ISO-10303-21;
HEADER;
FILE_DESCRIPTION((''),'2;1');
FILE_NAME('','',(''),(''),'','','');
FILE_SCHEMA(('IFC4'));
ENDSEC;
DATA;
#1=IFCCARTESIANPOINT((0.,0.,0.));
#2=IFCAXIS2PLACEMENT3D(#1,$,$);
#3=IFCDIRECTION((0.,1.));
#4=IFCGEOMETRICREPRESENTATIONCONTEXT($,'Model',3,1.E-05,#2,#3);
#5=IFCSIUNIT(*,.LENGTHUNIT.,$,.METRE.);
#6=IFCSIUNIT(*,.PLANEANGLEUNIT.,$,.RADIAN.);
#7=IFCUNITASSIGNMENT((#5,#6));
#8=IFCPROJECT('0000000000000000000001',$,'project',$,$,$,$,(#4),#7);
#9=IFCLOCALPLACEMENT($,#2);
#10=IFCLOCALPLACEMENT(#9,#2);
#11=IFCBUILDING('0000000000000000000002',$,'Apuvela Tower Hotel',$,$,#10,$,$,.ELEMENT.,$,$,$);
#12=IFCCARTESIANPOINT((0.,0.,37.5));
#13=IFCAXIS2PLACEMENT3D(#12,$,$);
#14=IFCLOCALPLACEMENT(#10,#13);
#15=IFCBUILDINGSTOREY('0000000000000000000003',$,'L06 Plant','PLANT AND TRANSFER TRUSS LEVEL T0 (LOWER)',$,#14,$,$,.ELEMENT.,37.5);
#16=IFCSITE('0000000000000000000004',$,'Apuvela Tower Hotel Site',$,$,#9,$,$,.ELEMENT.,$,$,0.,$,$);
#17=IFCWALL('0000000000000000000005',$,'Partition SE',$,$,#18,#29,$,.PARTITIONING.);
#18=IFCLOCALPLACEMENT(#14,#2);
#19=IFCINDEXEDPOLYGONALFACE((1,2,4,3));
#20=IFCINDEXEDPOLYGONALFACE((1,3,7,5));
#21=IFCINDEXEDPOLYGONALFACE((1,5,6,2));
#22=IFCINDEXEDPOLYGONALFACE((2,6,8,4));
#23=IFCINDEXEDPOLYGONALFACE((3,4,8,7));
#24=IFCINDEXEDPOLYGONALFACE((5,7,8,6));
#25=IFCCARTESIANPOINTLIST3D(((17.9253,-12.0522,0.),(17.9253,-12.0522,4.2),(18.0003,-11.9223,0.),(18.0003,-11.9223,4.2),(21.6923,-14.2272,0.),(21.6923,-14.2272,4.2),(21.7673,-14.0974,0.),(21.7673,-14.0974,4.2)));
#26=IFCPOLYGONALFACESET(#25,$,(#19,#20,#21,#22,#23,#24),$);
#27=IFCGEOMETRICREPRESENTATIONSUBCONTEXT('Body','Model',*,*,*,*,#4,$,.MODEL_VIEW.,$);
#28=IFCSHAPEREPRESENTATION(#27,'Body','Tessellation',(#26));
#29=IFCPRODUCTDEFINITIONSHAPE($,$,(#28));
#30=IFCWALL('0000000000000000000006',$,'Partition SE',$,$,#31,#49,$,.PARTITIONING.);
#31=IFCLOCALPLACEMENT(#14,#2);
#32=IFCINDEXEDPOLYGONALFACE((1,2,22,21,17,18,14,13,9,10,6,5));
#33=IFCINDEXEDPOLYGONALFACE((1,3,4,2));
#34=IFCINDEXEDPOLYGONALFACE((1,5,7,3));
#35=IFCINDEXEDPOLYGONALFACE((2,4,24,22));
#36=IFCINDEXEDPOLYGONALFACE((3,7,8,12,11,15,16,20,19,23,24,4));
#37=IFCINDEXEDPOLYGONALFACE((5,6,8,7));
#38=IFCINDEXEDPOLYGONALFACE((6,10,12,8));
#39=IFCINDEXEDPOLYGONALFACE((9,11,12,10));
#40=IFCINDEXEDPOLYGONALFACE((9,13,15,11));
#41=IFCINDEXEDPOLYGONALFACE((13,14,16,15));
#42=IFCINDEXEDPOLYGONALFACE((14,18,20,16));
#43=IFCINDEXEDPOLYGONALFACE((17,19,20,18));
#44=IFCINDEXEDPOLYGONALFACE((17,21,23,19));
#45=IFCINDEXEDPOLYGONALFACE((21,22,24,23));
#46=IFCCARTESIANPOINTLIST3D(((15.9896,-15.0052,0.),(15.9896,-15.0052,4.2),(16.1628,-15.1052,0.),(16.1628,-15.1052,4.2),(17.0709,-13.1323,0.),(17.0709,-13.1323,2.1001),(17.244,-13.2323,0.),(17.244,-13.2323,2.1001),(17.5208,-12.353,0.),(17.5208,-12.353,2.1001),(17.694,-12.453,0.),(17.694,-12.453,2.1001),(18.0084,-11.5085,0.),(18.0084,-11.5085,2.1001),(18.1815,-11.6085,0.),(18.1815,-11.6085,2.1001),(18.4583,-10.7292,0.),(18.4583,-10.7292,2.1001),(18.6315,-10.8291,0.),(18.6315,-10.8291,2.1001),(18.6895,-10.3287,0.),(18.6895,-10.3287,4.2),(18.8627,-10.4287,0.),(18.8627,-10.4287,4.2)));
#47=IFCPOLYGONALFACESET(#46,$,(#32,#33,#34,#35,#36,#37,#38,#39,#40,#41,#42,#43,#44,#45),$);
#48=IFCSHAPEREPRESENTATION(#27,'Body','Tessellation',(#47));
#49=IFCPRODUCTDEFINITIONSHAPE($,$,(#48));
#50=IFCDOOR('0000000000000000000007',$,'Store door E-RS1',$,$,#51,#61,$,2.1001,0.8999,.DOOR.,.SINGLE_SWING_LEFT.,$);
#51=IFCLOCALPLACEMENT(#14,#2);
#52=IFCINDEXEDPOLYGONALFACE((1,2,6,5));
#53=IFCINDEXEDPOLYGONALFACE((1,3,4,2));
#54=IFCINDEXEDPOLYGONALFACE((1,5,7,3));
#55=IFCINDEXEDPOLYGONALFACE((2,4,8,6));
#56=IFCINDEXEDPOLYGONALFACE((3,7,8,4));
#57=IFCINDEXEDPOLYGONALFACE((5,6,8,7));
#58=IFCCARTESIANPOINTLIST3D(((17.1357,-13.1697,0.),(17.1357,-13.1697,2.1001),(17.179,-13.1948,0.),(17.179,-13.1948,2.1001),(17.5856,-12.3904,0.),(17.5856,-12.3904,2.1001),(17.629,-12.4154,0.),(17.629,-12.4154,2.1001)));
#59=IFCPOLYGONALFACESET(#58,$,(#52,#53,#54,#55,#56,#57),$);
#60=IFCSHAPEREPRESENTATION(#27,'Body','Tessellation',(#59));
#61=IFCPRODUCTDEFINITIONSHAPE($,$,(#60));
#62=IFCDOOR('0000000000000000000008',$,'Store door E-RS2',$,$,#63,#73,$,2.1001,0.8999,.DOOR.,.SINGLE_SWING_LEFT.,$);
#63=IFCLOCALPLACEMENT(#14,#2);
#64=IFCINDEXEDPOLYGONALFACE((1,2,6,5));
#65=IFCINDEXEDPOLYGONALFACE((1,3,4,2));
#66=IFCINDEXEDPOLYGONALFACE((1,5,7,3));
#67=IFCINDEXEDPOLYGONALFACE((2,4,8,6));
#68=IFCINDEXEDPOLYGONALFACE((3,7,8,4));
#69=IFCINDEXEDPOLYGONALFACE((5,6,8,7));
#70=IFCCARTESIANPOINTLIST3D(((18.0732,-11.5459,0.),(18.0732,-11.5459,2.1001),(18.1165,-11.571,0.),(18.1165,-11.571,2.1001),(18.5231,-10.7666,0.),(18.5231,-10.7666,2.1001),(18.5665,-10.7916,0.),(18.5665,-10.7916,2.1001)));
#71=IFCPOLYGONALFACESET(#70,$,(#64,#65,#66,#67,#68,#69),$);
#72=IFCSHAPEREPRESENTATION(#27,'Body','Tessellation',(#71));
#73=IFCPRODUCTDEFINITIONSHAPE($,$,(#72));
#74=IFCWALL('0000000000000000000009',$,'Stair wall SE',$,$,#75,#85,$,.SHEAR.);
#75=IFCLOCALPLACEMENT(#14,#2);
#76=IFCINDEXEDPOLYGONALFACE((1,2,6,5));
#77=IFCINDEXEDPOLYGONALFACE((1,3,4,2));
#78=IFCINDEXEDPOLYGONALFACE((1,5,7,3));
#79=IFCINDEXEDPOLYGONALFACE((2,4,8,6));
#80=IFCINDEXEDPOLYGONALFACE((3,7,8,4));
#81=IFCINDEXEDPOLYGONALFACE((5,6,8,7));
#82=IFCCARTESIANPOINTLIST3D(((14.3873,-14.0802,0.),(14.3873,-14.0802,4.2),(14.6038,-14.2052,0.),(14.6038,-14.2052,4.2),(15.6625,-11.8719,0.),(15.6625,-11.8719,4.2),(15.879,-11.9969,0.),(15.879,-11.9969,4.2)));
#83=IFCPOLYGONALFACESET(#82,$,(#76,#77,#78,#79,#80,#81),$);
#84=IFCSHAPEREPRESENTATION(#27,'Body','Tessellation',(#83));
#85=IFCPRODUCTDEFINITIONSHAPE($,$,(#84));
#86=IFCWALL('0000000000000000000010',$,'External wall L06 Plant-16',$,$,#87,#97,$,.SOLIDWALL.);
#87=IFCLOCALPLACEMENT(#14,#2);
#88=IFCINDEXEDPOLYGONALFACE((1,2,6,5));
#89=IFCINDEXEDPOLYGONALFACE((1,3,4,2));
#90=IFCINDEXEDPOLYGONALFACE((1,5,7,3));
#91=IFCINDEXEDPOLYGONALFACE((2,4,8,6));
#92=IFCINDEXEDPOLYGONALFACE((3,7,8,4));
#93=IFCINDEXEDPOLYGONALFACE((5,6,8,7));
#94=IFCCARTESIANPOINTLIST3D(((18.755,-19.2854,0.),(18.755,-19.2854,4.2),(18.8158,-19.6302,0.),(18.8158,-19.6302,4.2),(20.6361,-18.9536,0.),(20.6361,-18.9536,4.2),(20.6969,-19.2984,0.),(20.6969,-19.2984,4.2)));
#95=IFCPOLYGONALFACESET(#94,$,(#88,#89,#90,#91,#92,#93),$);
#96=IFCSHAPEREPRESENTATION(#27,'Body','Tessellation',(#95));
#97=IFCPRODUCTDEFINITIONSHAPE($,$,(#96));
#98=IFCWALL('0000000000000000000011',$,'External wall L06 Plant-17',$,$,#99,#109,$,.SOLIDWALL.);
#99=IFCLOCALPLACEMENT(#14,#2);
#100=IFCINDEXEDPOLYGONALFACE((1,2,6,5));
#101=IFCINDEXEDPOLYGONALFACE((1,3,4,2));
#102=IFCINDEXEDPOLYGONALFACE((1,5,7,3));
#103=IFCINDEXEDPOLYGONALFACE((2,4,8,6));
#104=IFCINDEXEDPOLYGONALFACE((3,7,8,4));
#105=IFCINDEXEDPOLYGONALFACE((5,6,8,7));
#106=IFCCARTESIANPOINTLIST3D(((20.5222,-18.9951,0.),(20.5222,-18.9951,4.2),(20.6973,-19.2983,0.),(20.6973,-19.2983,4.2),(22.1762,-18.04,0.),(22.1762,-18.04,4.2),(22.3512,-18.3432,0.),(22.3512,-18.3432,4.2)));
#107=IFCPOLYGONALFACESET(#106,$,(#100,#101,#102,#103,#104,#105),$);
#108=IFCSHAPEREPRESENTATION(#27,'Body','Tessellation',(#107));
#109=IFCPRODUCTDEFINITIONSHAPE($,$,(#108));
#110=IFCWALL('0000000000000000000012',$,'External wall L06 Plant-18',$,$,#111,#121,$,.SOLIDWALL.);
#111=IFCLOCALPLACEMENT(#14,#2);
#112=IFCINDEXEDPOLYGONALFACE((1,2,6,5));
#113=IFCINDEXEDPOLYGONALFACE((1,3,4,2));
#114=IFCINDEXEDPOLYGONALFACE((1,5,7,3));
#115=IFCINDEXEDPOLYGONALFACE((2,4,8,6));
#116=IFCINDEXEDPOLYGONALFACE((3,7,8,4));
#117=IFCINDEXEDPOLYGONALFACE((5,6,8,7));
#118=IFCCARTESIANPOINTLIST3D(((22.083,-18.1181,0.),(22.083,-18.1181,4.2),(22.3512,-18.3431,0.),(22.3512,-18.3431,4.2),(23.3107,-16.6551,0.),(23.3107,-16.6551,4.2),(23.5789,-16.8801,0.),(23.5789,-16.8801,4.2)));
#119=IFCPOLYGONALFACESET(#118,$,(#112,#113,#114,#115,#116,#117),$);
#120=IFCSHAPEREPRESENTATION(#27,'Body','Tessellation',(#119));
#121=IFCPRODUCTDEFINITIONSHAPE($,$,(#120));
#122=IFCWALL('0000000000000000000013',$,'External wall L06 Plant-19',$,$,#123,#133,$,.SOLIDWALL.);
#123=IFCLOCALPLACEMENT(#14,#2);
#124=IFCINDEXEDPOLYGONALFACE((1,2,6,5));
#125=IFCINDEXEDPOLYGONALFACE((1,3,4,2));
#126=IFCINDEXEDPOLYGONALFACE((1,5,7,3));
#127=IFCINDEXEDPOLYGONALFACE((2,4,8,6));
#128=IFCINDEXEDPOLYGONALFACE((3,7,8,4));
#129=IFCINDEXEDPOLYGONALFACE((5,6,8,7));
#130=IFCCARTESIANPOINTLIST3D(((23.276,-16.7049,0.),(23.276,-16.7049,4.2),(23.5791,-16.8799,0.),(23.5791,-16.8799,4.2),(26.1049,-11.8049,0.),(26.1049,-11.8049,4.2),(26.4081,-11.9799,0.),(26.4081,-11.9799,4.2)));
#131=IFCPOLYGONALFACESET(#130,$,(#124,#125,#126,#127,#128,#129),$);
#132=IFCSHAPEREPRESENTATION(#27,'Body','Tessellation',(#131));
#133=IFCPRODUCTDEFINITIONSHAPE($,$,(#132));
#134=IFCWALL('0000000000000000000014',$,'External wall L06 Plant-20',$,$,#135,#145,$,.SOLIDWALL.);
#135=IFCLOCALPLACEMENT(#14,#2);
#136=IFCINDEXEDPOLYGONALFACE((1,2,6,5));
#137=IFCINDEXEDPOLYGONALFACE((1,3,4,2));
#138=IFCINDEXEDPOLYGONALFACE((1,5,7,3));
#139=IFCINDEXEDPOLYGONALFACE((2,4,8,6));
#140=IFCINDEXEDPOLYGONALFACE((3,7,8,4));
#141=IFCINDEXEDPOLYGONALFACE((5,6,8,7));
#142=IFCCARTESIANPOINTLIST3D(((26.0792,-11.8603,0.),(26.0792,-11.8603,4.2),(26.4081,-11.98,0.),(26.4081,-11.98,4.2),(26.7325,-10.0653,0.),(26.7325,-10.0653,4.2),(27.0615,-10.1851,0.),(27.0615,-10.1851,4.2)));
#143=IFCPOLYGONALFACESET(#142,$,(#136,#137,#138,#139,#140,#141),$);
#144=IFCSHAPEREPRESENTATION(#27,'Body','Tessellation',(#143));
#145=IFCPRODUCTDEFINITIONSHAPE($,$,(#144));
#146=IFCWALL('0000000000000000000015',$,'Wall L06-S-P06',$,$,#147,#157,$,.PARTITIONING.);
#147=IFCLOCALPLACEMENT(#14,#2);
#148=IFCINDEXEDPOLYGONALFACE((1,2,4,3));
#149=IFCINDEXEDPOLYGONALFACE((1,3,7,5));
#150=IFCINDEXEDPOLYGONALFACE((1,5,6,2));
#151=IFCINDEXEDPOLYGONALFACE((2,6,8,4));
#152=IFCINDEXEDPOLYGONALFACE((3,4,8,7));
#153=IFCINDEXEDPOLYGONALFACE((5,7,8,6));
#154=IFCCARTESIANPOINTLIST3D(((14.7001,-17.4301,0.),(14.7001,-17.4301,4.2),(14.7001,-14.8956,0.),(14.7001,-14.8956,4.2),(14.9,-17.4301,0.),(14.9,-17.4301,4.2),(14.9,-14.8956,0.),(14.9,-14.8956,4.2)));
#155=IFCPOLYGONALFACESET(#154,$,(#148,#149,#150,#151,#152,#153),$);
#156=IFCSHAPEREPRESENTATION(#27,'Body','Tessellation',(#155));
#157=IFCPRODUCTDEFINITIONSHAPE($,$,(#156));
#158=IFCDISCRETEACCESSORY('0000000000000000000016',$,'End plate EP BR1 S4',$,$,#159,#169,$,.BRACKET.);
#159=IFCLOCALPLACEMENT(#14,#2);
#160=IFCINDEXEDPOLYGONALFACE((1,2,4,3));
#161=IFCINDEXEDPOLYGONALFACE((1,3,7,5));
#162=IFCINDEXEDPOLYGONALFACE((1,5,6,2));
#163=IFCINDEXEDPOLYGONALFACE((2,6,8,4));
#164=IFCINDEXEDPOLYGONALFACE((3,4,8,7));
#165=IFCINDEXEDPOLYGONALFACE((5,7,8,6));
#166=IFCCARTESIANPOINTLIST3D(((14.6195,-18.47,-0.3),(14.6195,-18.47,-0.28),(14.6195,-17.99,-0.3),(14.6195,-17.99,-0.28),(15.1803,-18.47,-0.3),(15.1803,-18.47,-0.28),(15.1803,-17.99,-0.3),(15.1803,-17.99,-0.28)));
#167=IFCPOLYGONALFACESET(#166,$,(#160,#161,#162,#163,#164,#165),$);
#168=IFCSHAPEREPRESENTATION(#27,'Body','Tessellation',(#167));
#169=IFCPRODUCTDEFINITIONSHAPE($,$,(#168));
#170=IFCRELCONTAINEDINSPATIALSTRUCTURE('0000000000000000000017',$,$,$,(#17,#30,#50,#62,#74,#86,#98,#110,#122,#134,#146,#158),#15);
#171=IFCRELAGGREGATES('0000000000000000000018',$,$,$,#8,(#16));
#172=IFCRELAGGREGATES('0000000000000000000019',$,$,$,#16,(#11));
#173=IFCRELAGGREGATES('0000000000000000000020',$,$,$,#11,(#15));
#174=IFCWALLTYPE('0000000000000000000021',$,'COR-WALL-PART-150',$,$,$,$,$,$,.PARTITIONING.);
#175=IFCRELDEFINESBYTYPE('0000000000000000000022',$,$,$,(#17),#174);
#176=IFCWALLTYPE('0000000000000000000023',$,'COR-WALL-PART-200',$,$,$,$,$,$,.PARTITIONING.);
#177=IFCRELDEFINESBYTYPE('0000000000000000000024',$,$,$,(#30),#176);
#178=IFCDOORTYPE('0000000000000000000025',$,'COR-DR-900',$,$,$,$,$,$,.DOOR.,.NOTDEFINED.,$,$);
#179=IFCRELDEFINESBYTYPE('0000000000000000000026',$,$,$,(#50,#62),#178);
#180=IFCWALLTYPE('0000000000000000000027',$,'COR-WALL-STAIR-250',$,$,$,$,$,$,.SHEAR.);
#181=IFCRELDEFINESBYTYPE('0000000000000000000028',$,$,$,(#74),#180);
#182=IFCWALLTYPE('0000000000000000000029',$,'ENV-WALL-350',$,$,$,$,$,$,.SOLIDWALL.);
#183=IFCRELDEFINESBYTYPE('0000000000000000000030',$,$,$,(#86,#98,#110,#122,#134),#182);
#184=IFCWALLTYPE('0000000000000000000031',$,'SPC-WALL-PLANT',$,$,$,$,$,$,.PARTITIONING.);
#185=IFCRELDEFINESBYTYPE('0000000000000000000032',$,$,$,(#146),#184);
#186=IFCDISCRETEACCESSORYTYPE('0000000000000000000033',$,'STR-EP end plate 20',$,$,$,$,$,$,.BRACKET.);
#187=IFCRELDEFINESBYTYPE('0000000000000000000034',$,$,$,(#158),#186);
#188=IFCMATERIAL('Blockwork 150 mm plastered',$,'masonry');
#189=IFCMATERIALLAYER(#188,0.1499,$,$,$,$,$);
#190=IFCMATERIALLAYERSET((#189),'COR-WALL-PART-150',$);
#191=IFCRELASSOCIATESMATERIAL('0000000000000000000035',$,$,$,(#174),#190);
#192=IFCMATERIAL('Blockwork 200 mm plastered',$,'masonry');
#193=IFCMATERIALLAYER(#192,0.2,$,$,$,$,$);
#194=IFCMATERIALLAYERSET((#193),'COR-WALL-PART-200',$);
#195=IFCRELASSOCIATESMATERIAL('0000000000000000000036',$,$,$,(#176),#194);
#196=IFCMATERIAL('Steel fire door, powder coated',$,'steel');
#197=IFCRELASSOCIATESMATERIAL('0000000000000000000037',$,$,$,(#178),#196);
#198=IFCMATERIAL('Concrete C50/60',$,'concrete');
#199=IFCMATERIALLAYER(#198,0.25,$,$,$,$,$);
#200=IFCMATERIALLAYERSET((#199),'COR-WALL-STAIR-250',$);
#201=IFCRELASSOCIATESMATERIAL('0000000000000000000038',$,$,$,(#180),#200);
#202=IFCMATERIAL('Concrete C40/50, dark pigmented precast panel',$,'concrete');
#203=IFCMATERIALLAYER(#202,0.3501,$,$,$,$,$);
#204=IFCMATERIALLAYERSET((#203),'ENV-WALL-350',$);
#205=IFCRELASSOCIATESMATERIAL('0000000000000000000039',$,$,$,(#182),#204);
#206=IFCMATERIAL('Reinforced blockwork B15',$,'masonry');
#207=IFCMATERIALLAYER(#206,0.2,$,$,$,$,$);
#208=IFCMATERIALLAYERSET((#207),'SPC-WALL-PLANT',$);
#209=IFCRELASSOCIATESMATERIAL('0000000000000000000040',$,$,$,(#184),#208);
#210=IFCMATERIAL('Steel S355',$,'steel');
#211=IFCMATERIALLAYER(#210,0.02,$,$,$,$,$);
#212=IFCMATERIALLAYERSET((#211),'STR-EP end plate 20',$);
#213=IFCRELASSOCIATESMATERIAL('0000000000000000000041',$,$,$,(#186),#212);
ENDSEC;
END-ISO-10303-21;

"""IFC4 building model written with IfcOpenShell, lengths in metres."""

from ifc_helpers import new_model, si_unit, direction, frame, frame_2d, origin, origin_2d, place, context, subcontext, project, spatial, rectangle, extrude, material, layer, layer_set, type_object, element, fill, save


model = new_model("IFC4")

# Units and contexts
model_context = context("Model", 3, precision=1e-05, world=origin(), true_north=direction((0.0, 1.0)))
body_context = subcontext(model_context, "Body", "Model", "MODEL_VIEW")
ifc_project = project(units=[si_unit("LENGTHUNIT", "METRE"), si_unit("PLANEANGLEUNIT", "RADIAN")], contexts=[model_context])

# Site, building, storey
site_placement = place(None, origin())
site = spatial("IfcSite", under=ifc_project, at=site_placement, Name="Apuvela Tower Hotel Site", CompositionType="ELEMENT", RefElevation=0.0)
building_placement = place(site_placement, origin())
building = spatial("IfcBuilding", under=site, at=building_placement, Name="Apuvela Tower Hotel", CompositionType="ELEMENT")
storey_placement = place(building_placement, frame((0.0, 0.0, 37.5)))
storey = spatial("IfcBuildingStorey", under=building, at=storey_placement, Name="L06 Plant", Description="PLANT AND TRANSFER TRUSS LEVEL T0 (LOWER)", CompositionType="ELEMENT", Elevation=37.5)

# Shared definitions
ifc_material_1 = material(Name="Steel S355", Category="steel")

# Shared definitions
ifc_material_2 = material(Name="Blockwork 150 mm plastered", Category="masonry")
ifc_layer_1 = layer(ifc_material_2, 0.1499)
ifc_layer_set_1 = layer_set([ifc_layer_1], Name="COR-WALL-PART-150")
wall_type_1 = type_object("IfcWallType", Name="COR-WALL-PART-150", PredefinedType="PARTITIONING", material=ifc_layer_set_1)

# Wall
wall_1_placement = place(storey_placement, frame((17.9629, -11.9873, 0.0), z_axis=(0.0, 0.0, 1.0), x_axis=(0.866014, -0.50002, 0.0)))
element("IfcWall", 1, at=wall_1_placement, inside=storey, type_object=wall_type_1, Name="Partition SE", PredefinedType="PARTITIONING", context=body_context, shape_type="SweptSolid", body=[
    extrude(rectangle(XDim=4.3499, YDim=0.1499, at=frame_2d((2.1748, 0.0))), origin(), (0.0, 0.0, 1.0), 4.2),
])

# Wall, openings, doors
ifc_material_3 = material(Name="Blockwork 200 mm plastered", Category="masonry")
ifc_layer_2 = layer(ifc_material_3, 0.2)
ifc_layer_set_2 = layer_set([ifc_layer_2], Name="COR-WALL-PART-200")
wall_type_2 = type_object("IfcWallType", Name="COR-WALL-PART-200", PredefinedType="PARTITIONING", material=ifc_layer_set_2)
wall_2_placement = place(storey_placement, frame((16.0762, -15.0552, 0.0), z_axis=(0.0, 0.0, 1.0), x_axis=(0.499995, 0.866028, 0.0)))
wall_2 = element("IfcWall", 2, at=wall_2_placement, inside=storey, type_object=wall_type_2, Name="Partition SE", PredefinedType="PARTITIONING", context=body_context, shape_type="SweptSolid", body=[
    extrude(rectangle(XDim=5.3999, YDim=0.2, at=frame_2d((2.7, 0.0))), origin(), (0.0, 0.0, 1.0), 4.2),
])
opening_1_placement = place(wall_2_placement, frame((2.1626, 0.0, 0.0)))
opening_1 = element("IfcOpeningElement", 3, at=opening_1_placement, cuts=wall_2, PredefinedType="OPENING", context=body_context, shape_type="SweptSolid", body=[
    extrude(rectangle(XDim=0.8999, YDim=2.1001, at=frame_2d((0.45, 1.05))), frame((0.0, 0.1099, 0.0), z_axis=(0.0, -1.0, 0.0), x_axis=(1.0, 0.0, 0.0)), (0.0, 0.0, 1.0), 0.22),
])
opening_2_placement = place(wall_2_placement, frame((4.0376, 0.0, 0.0)))
opening_2 = element("IfcOpeningElement", 4, at=opening_2_placement, cuts=wall_2, PredefinedType="OPENING", context=body_context, shape_type="SweptSolid", body=[
    extrude(rectangle(XDim=0.8999, YDim=2.1001, at=frame_2d((0.45, 1.05))), frame((0.0, 0.1099, 0.0), z_axis=(0.0, -1.0, 0.0), x_axis=(1.0, 0.0, 0.0)), (0.0, 0.0, 1.0), 0.22),
])
ifc_material_4 = material(Name="Steel fire door, powder coated", Category="steel")
door_type_1 = type_object("IfcDoorType", Name="COR-DR-900", OperationType="NOTDEFINED", PredefinedType="DOOR", material=ifc_material_4)
door_1_placement = place(opening_1_placement, frame((0.8999, 0.0, 0.0), z_axis=(0.0, 0.0, 1.0), x_axis=(-1.0, 0.0, 0.0)))
door_1 = element("IfcDoor", 5, at=door_1_placement, inside=storey, type_object=door_type_1, Name="Store door E-RS1", OperationType="SINGLE_SWING_LEFT", OverallHeight=2.1001, OverallWidth=0.8999, PredefinedType="DOOR", context=body_context, shape_type="SweptSolid", body=[
    extrude(rectangle(XDim=0.8999, YDim=2.1001, at=frame_2d((0.45, 1.05))), frame((0.0, 0.0249, 0.0), z_axis=(0.0, -1.0, 0.0), x_axis=(1.0, 0.0, 0.0)), (0.0, 0.0, 1.0), 0.05),
])
fill(opening_1, door_1)
door_2_placement = place(opening_2_placement, frame((0.8999, 0.0, 0.0), z_axis=(0.0, 0.0, 1.0), x_axis=(-1.0, 0.0, 0.0)))
door_2 = element("IfcDoor", 6, at=door_2_placement, inside=storey, type_object=door_type_1, Name="Store door E-RS2", OperationType="SINGLE_SWING_LEFT", OverallHeight=2.1001, OverallWidth=0.8999, PredefinedType="DOOR", context=body_context, shape_type="SweptSolid", body=[
    extrude(rectangle(XDim=0.8999, YDim=2.1001, at=frame_2d((0.45, 1.05))), frame((0.0, 0.0249, 0.0), z_axis=(0.0, -1.0, 0.0), x_axis=(1.0, 0.0, 0.0)), (0.0, 0.0, 1.0), 0.05),
])
fill(opening_2, door_2)

# Walls
ifc_material_5 = material(Name="Concrete C50/60", Category="concrete")
ifc_layer_3 = layer(ifc_material_5, 0.25)
ifc_layer_set_3 = layer_set([ifc_layer_3], Name="COR-WALL-STAIR-250")
wall_type_3 = type_object("IfcWallType", Name="COR-WALL-STAIR-250", PredefinedType="SHEAR", material=ifc_layer_set_3)
wall_3_placement = place(storey_placement, frame((14.4956, -14.1426, 0.0), z_axis=(0.0, 0.0, 1.0), x_axis=(0.500062, 0.865989, 0.0)))
element("IfcWall", 7, at=wall_3_placement, inside=storey, type_object=wall_type_3, Name="Stair wall SE", PredefinedType="SHEAR", context=body_context, shape_type="SweptSolid", body=[
    extrude(rectangle(XDim=2.55, YDim=0.25, at=frame_2d((1.2749, 0.0))), origin(), (0.0, 0.0, 1.0), 4.2),
])
ifc_material_6 = material(Name="Concrete C40/50, dark pigmented precast panel", Category="concrete")
ifc_layer_4 = layer(ifc_material_6, 0.3501)
ifc_layer_set_4 = layer_set([ifc_layer_4], Name="ENV-WALL-350")
wall_type_4 = type_object("IfcWallType", Name="ENV-WALL-350", PredefinedType="SOLIDWALL", material=ifc_layer_set_4)
wall_4_placement = place(storey_placement, frame((18.7854, -19.4578, 0.0), z_axis=(0.0, 0.0, 1.0), x_axis=(0.984799, 0.173698, 0.0)))
element("IfcWall", 8, at=wall_4_placement, inside=storey, type_object=wall_type_4, Name="External wall L06 Plant-16", PredefinedType="SOLIDWALL", context=body_context, shape_type="SweptSolid", body=[
    extrude(rectangle(XDim=1.9102, YDim=0.3501, at=frame_2d((0.9551, 0.0))), origin(), (0.0, 0.0, 1.0), 4.2),
])
for number, where, z_axis, x_axis, name in (
    (9, (20.6096, -19.1467, 0.0), (0.0, 0.0, 1.0), (0.866, 0.500043, 0.0), "External wall L06 Plant-17"),
    (10, (22.217, -18.2307, 0.0), (0.0, 0.0, 1.0), (0.642808, 0.766027, 0.0), "External wall L06 Plant-18"),
):
    element("IfcWall", number, at=place(storey_placement, frame(where, z_axis=z_axis, x_axis=x_axis)), inside=storey, type_object=wall_type_4, Name=name, PredefinedType="SOLIDWALL", context=body_context, shape_type="SweptSolid", body=[
        extrude(rectangle(XDim=1.9099, YDim=0.3501, at=frame_2d((0.9551, 0.0))), origin(), (0.0, 0.0, 1.0), 4.2),
    ])
wall_5_placement = place(storey_placement, frame((23.4275, -16.7925, 0.0), z_axis=(0.0, 0.0, 1.0), x_axis=(0.499986, 0.866033, 0.0)))
element("IfcWall", 11, at=wall_5_placement, inside=storey, type_object=wall_type_4, Name="External wall L06 Plant-19", PredefinedType="SOLIDWALL", context=body_context, shape_type="SweptSolid", body=[
    extrude(rectangle(XDim=5.658, YDim=0.3501, at=frame_2d((2.8291, 0.0))), origin(), (0.0, 0.0, 1.0), 4.2),
])
wall_6_placement = place(storey_placement, frame((26.2437, -11.9202, 0.0), z_axis=(0.0, 0.0, 1.0), x_axis=(0.34203, 0.939689, 0.0)))
element("IfcWall", 12, at=wall_6_placement, inside=storey, type_object=wall_type_4, Name="External wall L06 Plant-20", PredefinedType="SOLIDWALL", context=body_context, shape_type="SweptSolid", body=[
    extrude(rectangle(XDim=1.9102, YDim=0.3501, at=frame_2d((0.9551, 0.0))), origin(), (0.0, 0.0, 1.0), 4.2),
])
ifc_material_7 = material(Name="Reinforced blockwork B15", Category="masonry")
ifc_layer_5 = layer(ifc_material_7, 0.2)
ifc_layer_set_5 = layer_set([ifc_layer_5], Name="SPC-WALL-PLANT")
wall_type_5 = type_object("IfcWallType", Name="SPC-WALL-PLANT", PredefinedType="PARTITIONING", material=ifc_layer_set_5)
wall_7_placement = place(storey_placement, frame((14.8, -17.4299, 0.0), z_axis=(0.0, 0.0, 1.0), x_axis=(0.0, 1.0, 0.0)))
element("IfcWall", 13, at=wall_7_placement, inside=storey, type_object=wall_type_5, Name="Wall L06-S-P06", PredefinedType="PARTITIONING", context=body_context, shape_type="SweptSolid", body=[
    extrude(rectangle(XDim=2.5344, YDim=0.2, at=frame_2d((1.2671, 0.0))), origin(), (0.0, 0.0, 1.0), 4.2),
])

# Discrete accessory
ifc_layer_6 = layer(ifc_material_1, 0.02)
ifc_layer_set_6 = layer_set([ifc_layer_6], Name="STR-EP end plate 20")
discrete_accessory_type = type_object("IfcDiscreteAccessoryType", Name="STR-EP end plate 20", PredefinedType="BRACKET", material=ifc_layer_set_6)
discrete_accessory_placement = place(storey_placement, frame((14.8999, -18.23, -0.3), z_axis=(0.0, 0.0, 1.0), x_axis=(-1.0, 0.0, 0.0)))
element("IfcDiscreteAccessory", 14, at=discrete_accessory_placement, inside=storey, type_object=discrete_accessory_type, Name="End plate EP BR1 S4", PredefinedType="BRACKET", context=body_context, shape_type="SweptSolid", body=[
    extrude(rectangle(XDim=0.5608, YDim=0.48, at=origin_2d()), origin(), (0.0, 0.0, 1.0), 0.02),
])

save(model, "model.ifc")
